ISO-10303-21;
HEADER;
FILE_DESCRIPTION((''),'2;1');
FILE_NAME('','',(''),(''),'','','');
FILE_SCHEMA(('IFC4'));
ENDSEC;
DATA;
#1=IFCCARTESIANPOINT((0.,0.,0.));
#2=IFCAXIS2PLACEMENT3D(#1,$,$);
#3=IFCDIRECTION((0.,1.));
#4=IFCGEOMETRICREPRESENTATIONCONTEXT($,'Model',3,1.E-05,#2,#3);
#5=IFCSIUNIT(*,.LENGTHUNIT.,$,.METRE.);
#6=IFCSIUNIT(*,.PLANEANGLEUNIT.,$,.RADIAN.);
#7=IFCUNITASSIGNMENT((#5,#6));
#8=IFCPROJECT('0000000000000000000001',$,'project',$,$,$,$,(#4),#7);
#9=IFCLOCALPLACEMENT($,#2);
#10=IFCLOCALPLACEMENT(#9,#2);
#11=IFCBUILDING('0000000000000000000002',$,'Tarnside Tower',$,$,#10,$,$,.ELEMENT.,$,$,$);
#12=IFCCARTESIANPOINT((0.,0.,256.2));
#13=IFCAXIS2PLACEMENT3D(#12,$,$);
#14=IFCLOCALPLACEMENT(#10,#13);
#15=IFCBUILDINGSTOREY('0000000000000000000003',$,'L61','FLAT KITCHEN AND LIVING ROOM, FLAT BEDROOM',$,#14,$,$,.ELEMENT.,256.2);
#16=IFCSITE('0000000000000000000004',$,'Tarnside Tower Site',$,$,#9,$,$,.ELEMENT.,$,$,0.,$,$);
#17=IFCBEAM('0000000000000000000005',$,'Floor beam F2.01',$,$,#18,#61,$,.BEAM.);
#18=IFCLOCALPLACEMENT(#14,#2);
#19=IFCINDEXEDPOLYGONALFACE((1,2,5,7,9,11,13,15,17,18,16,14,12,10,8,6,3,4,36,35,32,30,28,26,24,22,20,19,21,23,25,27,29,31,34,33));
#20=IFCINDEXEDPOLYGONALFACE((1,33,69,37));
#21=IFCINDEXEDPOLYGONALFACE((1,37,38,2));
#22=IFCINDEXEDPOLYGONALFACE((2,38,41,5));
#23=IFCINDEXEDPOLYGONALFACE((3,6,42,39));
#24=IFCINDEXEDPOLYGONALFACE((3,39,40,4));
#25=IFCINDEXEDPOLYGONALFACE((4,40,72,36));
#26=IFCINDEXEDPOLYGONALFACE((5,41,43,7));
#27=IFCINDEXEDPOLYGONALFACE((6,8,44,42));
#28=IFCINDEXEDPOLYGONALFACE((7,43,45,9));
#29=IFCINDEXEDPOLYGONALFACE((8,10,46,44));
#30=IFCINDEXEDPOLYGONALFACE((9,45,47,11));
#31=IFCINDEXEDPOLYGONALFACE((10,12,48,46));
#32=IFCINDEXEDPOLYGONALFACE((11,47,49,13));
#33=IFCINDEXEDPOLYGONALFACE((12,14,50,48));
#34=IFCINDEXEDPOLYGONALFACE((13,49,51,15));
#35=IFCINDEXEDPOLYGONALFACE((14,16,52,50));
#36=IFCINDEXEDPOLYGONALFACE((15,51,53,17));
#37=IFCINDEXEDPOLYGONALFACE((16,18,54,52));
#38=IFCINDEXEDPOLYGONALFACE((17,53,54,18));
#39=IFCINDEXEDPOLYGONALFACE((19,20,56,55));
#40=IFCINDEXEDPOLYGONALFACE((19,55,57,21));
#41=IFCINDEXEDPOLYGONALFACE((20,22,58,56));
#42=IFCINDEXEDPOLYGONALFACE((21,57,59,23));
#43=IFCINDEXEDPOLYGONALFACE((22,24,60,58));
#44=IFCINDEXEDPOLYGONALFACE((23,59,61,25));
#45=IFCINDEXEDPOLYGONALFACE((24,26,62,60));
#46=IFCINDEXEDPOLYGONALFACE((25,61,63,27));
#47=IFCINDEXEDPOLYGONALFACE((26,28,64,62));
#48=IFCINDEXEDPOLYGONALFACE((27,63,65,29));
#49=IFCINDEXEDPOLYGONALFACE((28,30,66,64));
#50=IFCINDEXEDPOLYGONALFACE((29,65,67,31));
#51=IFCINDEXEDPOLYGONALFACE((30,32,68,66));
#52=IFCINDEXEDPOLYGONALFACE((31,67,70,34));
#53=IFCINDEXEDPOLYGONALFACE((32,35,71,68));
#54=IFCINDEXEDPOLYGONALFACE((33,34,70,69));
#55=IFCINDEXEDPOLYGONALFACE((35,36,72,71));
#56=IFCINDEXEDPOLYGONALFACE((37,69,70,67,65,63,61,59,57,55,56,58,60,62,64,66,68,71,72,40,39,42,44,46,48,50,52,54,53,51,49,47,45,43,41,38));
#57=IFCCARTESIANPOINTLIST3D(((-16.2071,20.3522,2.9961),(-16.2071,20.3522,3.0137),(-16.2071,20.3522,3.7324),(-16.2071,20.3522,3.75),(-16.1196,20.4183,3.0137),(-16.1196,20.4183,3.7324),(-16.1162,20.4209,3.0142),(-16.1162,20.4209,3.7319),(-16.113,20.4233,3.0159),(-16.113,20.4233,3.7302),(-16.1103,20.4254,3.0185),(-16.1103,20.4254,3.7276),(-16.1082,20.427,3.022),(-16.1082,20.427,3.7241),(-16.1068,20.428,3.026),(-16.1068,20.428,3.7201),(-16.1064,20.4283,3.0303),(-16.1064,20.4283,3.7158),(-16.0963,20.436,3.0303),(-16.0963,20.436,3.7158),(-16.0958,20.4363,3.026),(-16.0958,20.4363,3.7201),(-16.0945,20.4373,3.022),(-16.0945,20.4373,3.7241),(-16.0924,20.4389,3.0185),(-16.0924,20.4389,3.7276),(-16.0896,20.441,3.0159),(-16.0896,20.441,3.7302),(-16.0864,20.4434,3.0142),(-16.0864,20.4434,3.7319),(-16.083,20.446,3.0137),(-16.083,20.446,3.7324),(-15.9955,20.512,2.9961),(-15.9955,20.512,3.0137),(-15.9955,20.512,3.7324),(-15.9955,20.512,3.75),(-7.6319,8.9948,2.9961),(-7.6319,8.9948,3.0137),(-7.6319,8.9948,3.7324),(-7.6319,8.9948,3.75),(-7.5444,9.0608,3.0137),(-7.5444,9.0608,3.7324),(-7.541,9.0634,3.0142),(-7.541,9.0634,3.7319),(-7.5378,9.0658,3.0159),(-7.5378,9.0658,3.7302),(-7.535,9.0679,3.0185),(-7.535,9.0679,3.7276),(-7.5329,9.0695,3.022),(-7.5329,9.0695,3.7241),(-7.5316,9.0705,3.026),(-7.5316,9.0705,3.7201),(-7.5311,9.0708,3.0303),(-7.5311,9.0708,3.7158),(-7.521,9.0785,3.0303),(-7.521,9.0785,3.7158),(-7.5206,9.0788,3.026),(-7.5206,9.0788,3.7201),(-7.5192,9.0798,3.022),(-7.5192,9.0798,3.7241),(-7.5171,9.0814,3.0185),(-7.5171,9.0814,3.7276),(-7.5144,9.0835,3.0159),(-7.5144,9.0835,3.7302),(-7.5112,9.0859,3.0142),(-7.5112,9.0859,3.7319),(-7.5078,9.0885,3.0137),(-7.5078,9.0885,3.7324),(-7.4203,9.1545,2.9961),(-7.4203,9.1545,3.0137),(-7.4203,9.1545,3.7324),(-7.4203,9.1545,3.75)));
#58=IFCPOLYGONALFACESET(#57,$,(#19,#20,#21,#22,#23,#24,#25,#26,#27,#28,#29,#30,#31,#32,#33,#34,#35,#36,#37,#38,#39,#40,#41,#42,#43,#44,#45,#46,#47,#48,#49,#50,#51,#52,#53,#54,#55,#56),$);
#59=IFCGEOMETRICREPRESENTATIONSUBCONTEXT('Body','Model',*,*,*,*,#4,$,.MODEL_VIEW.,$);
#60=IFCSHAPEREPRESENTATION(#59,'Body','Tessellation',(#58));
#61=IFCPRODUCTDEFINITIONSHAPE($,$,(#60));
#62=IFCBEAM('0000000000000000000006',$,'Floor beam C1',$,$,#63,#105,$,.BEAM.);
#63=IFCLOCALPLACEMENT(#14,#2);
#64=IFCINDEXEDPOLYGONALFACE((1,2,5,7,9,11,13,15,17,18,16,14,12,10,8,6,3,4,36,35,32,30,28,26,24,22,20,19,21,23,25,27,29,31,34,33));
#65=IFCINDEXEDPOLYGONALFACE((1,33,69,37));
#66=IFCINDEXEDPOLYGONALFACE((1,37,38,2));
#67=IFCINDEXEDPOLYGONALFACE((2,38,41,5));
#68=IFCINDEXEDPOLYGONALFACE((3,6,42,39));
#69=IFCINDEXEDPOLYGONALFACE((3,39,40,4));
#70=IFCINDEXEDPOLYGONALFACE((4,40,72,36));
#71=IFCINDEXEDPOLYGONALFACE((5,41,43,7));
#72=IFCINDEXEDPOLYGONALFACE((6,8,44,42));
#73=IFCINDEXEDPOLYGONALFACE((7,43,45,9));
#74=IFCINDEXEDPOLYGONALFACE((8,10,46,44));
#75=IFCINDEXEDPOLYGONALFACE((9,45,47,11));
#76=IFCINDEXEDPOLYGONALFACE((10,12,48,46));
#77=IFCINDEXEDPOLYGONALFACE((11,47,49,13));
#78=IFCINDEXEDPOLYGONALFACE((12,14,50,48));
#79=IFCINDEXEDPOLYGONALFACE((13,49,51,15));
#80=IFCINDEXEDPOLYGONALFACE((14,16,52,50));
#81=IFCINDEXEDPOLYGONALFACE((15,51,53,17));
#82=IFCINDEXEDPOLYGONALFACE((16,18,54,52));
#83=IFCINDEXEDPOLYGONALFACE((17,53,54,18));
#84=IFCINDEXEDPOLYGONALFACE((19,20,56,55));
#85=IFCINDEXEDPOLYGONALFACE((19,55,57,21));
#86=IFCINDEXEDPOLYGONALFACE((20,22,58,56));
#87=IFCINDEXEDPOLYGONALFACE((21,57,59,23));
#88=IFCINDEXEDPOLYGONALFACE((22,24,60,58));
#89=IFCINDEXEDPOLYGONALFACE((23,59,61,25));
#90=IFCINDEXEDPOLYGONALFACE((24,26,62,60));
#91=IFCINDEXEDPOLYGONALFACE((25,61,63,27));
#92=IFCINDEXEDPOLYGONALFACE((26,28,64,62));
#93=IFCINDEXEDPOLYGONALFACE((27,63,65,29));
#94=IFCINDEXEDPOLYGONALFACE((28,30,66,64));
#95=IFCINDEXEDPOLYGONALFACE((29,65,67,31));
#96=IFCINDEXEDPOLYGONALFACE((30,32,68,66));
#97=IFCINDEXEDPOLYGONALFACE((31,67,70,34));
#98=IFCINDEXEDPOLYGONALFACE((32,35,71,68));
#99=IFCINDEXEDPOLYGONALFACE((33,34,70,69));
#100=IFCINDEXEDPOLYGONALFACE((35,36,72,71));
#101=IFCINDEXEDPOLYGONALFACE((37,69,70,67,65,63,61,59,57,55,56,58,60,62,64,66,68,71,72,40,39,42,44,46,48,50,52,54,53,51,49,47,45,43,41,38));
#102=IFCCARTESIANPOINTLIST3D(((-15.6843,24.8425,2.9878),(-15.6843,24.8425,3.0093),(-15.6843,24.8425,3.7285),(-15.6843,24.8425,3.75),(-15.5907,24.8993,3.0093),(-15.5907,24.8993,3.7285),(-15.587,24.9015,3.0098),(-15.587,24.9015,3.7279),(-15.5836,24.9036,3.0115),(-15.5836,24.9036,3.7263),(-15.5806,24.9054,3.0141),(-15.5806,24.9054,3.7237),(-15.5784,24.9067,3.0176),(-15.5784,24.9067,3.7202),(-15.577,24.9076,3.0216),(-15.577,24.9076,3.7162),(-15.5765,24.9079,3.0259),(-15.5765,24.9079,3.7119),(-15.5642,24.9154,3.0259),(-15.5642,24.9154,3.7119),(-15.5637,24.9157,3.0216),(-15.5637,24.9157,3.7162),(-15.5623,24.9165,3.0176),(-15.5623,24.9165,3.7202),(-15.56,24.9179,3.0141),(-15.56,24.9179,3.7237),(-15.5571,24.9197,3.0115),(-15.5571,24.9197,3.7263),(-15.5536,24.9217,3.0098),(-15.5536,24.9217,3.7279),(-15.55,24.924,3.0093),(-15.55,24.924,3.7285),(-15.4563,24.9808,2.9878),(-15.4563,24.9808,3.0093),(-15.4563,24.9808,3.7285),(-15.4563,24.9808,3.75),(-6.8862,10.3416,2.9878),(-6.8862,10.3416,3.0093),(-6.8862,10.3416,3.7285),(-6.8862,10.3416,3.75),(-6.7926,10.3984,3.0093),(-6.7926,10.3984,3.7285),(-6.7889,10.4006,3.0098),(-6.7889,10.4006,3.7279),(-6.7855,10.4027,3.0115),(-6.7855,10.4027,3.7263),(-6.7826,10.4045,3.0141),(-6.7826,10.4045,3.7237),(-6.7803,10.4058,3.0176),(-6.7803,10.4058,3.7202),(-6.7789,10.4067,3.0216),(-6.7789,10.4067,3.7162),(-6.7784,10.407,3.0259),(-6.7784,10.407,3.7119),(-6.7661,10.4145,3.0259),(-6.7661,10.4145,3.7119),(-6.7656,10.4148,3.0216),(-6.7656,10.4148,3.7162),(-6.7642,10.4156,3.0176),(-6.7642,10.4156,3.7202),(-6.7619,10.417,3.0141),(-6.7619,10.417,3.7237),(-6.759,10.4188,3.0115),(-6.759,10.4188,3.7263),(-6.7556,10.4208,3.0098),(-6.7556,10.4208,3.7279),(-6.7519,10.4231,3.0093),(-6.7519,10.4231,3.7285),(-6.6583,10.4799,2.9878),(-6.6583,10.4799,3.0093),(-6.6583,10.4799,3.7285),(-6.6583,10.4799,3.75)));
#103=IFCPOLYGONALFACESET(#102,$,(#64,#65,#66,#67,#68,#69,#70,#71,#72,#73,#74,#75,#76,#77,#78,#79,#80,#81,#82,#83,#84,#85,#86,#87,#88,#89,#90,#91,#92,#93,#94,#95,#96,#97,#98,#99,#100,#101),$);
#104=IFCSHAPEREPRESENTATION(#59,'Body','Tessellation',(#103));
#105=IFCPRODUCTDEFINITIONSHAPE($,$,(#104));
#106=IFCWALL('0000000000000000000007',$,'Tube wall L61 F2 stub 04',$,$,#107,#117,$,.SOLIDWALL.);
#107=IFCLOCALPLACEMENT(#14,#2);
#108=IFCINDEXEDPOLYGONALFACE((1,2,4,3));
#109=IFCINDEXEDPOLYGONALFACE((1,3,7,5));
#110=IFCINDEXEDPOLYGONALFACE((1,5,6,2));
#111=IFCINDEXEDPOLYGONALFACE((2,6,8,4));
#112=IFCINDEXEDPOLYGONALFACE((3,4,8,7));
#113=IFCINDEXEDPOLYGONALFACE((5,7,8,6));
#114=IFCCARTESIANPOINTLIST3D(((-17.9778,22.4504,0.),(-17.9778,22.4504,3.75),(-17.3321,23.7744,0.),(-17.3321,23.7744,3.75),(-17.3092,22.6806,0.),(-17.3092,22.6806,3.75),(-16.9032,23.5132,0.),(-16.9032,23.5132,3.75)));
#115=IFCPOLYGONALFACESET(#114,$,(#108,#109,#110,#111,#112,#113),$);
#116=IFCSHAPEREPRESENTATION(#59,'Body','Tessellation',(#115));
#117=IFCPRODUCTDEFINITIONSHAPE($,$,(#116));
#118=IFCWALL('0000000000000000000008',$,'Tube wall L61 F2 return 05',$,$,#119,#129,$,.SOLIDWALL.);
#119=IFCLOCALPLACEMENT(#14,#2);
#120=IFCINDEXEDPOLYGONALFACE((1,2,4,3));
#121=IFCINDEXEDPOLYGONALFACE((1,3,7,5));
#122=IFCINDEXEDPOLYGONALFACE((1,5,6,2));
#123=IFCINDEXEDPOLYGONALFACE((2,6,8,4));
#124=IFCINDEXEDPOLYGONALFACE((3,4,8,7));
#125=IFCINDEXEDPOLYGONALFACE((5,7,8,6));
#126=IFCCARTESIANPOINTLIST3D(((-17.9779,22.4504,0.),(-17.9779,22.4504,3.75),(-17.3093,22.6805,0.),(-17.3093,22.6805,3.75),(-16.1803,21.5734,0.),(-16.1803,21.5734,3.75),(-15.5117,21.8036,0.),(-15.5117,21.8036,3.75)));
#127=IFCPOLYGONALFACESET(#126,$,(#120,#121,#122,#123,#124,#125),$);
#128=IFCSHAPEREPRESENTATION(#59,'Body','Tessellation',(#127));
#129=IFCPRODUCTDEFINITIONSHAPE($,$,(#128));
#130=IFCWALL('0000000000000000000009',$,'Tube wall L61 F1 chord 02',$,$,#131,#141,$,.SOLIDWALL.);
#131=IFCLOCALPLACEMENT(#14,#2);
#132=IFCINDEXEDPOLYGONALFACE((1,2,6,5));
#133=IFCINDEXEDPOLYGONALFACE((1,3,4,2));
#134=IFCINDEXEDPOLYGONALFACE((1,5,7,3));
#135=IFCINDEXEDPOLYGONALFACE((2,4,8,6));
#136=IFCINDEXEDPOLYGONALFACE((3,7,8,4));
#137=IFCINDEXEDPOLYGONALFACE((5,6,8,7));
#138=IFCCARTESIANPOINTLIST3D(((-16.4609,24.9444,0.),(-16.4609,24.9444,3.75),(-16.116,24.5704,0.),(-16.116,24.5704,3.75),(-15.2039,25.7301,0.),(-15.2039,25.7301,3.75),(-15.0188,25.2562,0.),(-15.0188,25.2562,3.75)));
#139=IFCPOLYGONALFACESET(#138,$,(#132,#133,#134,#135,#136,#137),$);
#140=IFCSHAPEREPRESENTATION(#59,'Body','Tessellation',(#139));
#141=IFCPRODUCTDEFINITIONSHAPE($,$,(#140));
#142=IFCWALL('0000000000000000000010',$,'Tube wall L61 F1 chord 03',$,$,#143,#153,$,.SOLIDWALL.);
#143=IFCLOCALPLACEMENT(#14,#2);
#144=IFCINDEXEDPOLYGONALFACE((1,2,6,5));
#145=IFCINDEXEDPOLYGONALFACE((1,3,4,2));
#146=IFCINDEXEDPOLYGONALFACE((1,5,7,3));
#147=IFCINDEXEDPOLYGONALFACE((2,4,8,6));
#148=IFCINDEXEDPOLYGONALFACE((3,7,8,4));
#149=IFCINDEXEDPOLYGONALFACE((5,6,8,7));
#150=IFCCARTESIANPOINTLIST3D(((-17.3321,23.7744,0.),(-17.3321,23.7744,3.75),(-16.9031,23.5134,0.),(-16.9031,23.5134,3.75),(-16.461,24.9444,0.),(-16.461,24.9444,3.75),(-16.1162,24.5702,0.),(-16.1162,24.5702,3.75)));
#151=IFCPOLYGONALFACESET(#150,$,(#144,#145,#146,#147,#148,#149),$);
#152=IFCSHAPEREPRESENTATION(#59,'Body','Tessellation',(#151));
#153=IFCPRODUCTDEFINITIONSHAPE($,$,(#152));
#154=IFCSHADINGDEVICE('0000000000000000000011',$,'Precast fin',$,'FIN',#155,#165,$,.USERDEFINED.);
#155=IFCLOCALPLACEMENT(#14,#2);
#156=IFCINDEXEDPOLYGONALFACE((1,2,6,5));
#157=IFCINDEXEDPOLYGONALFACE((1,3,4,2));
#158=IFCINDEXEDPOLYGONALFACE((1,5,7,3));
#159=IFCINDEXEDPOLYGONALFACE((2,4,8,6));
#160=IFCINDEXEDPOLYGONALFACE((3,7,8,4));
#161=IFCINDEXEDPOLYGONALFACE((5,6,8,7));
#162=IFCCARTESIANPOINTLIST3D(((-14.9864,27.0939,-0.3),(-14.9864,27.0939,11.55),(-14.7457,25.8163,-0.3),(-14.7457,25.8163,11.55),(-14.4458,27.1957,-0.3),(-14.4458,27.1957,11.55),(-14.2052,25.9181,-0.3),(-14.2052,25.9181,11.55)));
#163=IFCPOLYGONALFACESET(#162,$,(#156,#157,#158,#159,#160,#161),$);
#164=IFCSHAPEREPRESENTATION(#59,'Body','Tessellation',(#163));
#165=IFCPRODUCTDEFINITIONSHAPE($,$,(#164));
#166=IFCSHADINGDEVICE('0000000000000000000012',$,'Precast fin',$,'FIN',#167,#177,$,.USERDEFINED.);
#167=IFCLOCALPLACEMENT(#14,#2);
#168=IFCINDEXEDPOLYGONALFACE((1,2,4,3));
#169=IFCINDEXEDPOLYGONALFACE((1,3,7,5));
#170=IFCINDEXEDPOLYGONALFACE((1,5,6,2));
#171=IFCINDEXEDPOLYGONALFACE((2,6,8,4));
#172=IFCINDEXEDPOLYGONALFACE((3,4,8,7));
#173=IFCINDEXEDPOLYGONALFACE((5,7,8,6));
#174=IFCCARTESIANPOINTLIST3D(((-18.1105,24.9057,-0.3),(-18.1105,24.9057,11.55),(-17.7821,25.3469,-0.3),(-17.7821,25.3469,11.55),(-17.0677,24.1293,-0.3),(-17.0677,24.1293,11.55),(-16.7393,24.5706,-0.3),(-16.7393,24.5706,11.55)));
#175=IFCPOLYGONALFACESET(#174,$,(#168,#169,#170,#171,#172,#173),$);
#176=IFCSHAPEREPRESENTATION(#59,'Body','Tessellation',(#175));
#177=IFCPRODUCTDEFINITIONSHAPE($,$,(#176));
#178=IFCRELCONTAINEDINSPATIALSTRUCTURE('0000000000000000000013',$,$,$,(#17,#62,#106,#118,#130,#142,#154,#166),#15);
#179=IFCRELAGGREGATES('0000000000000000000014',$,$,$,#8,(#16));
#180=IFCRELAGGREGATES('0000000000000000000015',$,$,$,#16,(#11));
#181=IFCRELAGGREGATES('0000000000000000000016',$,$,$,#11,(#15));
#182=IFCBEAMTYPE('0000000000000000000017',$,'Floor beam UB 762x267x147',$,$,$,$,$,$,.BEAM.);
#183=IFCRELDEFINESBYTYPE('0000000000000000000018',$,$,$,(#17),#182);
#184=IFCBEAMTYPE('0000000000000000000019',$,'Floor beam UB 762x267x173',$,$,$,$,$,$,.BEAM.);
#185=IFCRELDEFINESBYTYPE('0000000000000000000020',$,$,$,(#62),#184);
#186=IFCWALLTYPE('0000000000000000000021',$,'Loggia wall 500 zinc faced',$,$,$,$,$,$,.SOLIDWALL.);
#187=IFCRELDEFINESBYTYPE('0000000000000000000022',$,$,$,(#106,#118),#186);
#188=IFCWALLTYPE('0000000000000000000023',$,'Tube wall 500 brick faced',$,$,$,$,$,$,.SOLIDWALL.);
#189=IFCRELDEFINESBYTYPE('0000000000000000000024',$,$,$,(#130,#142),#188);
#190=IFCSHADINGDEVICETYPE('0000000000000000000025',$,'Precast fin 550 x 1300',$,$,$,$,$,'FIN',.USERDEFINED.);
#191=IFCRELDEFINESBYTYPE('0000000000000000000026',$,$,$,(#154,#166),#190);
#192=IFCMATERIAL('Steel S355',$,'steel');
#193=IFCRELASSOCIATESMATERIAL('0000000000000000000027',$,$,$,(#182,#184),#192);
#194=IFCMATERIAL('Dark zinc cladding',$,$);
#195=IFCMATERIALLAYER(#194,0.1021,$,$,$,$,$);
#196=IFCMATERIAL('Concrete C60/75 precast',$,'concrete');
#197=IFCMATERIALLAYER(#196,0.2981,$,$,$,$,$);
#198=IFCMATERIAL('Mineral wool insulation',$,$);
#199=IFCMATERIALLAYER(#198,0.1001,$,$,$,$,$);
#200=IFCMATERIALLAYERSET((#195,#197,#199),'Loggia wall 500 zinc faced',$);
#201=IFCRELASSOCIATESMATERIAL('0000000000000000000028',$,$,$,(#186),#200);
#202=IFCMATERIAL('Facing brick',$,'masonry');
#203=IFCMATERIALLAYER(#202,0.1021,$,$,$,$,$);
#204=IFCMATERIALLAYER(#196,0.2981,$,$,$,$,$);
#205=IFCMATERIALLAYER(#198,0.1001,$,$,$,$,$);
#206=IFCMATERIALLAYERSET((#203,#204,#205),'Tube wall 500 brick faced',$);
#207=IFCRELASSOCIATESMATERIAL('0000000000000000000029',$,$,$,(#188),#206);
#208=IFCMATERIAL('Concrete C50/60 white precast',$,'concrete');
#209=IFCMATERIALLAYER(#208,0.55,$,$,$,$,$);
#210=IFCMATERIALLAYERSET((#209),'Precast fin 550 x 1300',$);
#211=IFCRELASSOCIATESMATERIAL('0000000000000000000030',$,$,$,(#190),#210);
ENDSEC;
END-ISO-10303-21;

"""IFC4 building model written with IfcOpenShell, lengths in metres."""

from ifc_helpers import new_model, si_unit, direction, frame, origin, origin_2d, place, context, subcontext, project, spatial, polyline, i_section, outline, extrude, material, layer, layer_set, material_profile, profile_set, type_object, element, save


model = new_model("IFC4")

# Units and contexts
model_context = context("Model", 3, precision=1e-05, world=origin(), true_north=direction((0.0, 1.0)))
body_context = subcontext(model_context, "Body", "Model", "MODEL_VIEW")
ifc_project = project(units=[si_unit("LENGTHUNIT", "METRE"), si_unit("PLANEANGLEUNIT", "RADIAN")], contexts=[model_context])

# Site, building, storey
site_placement = place(None, origin())
site = spatial("IfcSite", under=ifc_project, at=site_placement, Name="Tarnside Tower Site", CompositionType="ELEMENT", RefElevation=0.0)
building_placement = place(site_placement, origin())
building = spatial("IfcBuilding", under=site, at=building_placement, Name="Tarnside Tower", CompositionType="ELEMENT")
storey_placement = place(building_placement, frame((0.0, 0.0, 256.2)))
storey = spatial("IfcBuildingStorey", under=building, at=storey_placement, Name="L61", Description="FLAT KITCHEN AND LIVING ROOM, FLAT BEDROOM", CompositionType="ELEMENT", Elevation=256.2)

# Beams
ifc_material_1 = material(Name="Steel S355", Category="steel")
ifc_material_profile_1 = material_profile(ifc_material_1, i_section(OverallWidth=0.2651, OverallDepth=0.7539, WebThickness=0.0127, FlangeThickness=0.0176, FilletRadius=0.0166, at=origin_2d()), Name="UB 762x267x147")
ifc_profile_set_1 = profile_set([ifc_material_profile_1], Name="Steel S355")
beam_type_1 = type_object("IfcBeamType", Name="Floor beam UB 762x267x147", PredefinedType="BEAM", material=ifc_profile_set_1)
beam_1_placement = place(storey_placement, frame((-16.1013, 20.4321, 3.373), z_axis=(0.602566, -0.798069, 0.0), x_axis=(0.798069, 0.602566, 0.0)))
element("IfcBeam", 1, at=beam_1_placement, inside=storey, type_object=beam_type_1, Name="Floor beam F2.01", PredefinedType="BEAM", context=body_context, shape_type="SweptSolid", body=[
    extrude(i_section(OverallWidth=0.2651, OverallDepth=0.7539, WebThickness=0.0127, FlangeThickness=0.0176, FilletRadius=0.0166, at=origin_2d()), origin(), (0.0, 0.0, 1.0), 14.2312),
])
ifc_material_profile_2 = material_profile(ifc_material_1, i_section(OverallWidth=0.2666, OverallDepth=0.7622, WebThickness=0.0144, FlangeThickness=0.0215, FilletRadius=0.0166, at=origin_2d()), Name="UB 762x267x173")
ifc_profile_set_2 = profile_set([ifc_material_profile_2], Name="Steel S355")
beam_type_2 = type_object("IfcBeamType", Name="Floor beam UB 762x267x173", PredefinedType="BEAM", material=ifc_profile_set_2)
beam_2_placement = place(storey_placement, frame((-15.5703, 24.9116, 3.3689), z_axis=(0.518717, -0.854946, 0.0), x_axis=(0.854946, 0.518717, 0.0)))
element("IfcBeam", 2, at=beam_2_placement, inside=storey, type_object=beam_type_2, Name="Floor beam C1", PredefinedType="BEAM", context=body_context, shape_type="SweptSolid", body=[
    extrude(i_section(OverallWidth=0.2666, OverallDepth=0.7622, WebThickness=0.0144, FlangeThickness=0.0215, FilletRadius=0.0166, at=origin_2d()), origin(), (0.0, 0.0, 1.0), 16.9612),
])

# Walls
ifc_material_2 = material(Name="Dark zinc cladding")
ifc_layer_1 = layer(ifc_material_2, 0.1021)
ifc_material_3 = material(Name="Concrete C60/75 precast", Category="concrete")
ifc_layer_2 = layer(ifc_material_3, 0.2981)
ifc_material_4 = material(Name="Mineral wool insulation")
ifc_layer_3 = layer(ifc_material_4, 0.1001)
ifc_layer_set_1 = layer_set([ifc_layer_1, ifc_layer_2, ifc_layer_3], Name="Loggia wall 500 zinc faced")
wall_type_1 = type_object("IfcWallType", Name="Loggia wall 500 zinc faced", PredefinedType="SOLIDWALL", material=ifc_layer_set_1)
wall_1_placement = place(storey_placement, frame((-17.1177, 23.6438, 0.0), z_axis=(0.0, 0.0, 1.0), x_axis=(-0.438319, -0.898819, 0.0)))
element("IfcWall", 3, at=wall_1_placement, inside=storey, type_object=wall_type_1, Name="Tube wall L61 F2 stub 04", PredefinedType="SOLIDWALL", context=body_context, shape_type="SweptSolid", body=[
    extrude(outline(polyline([(-0.0234, -0.25), (1.4497, -0.25), (0.9497, 0.25), (0.0234, 0.25), (-0.0234, -0.25)])), origin(), (0.0, 0.0, 1.0), 3.75),
])
wall_2_placement = place(storey_placement, frame((-17.6436, 22.5654, 0.0), z_axis=(0.0, 0.0, 1.0), x_axis=(0.898754, -0.438452, 0.0)))
element("IfcWall", 4, at=wall_2_placement, inside=storey, type_object=wall_type_1, Name="Tube wall L61 F2 return 05", PredefinedType="SOLIDWALL", context=body_context, shape_type="SweptSolid", body=[
    extrude(outline(polyline([(-0.25, -0.25), (1.75, -0.25), (2.25, 0.25), (0.25, 0.25), (-0.25, -0.25)])), origin(), (0.0, 0.0, 1.0), 3.75),
])

# Walls
ifc_material_5 = material(Name="Facing brick", Category="masonry")
ifc_layer_4 = layer(ifc_material_5, 0.1021)
ifc_layer_5 = layer(ifc_material_3, 0.2981)
ifc_layer_6 = layer(ifc_material_4, 0.1001)
ifc_layer_set_2 = layer_set([ifc_layer_4, ifc_layer_5, ifc_layer_6], Name="Tube wall 500 brick faced")
wall_type_2 = type_object("IfcWallType", Name="Tube wall 500 brick faced", PredefinedType="SOLIDWALL", material=ifc_layer_set_2)
wall_3_placement = place(storey_placement, frame((-15.1113, 25.4932, 0.0), z_axis=(0.0, 0.0, 1.0), x_axis=(-0.847979, -0.530031, 0.0)))
element("IfcWall", 5, at=wall_3_placement, inside=storey, type_object=wall_type_2, Name="Tube wall L61 F1 chord 02", PredefinedType="SOLIDWALL", context=body_context, shape_type="SweptSolid", body=[
    extrude(outline(polyline([(-0.0471, -0.25), (1.4353, -0.25), (1.3411, 0.25), (0.0471, 0.25), (-0.0471, -0.25)])), origin(), (0.0, 0.0, 1.0), 3.75),
])
wall_4_placement = place(storey_placement, frame((-16.2886, 24.7573, 0.0), z_axis=(0.0, 0.0, 1.0), x_axis=(-0.597211, -0.802084, 0.0)))
element("IfcWall", 6, at=wall_4_placement, inside=storey, type_object=wall_type_2, Name="Tube wall L61 F1 chord 03", PredefinedType="SOLIDWALL", context=body_context, shape_type="SweptSolid", body=[
    extrude(outline(polyline([(-0.0471, -0.25), (1.4116, -0.25), (1.3647, 0.25), (0.0471, 0.25), (-0.0471, -0.25)])), origin(), (0.0, 0.0, 1.0), 3.75),
])

# Shading devices
ifc_material_6 = material(Name="Concrete C50/60 white precast", Category="concrete")
ifc_layer_7 = layer(ifc_material_6, 0.55)
ifc_layer_set_3 = layer_set([ifc_layer_7], Name="Precast fin 550 x 1300")
shading_device_type_1 = type_object("IfcShadingDeviceType", Name="Precast fin 550 x 1300", ElementType="FIN", PredefinedType="USERDEFINED", material=ifc_layer_set_3)
for number, where, z_axis, x_axis, name in (
    (7, (-14.4756, 25.8672, -0.3), (0.982721, 0.185095, 0.0), (-0.185095, 0.982721, 0.0), "Precast fin"),
    (8, (-16.9036, 24.3499, -0.3), (0.597159, 0.802123, 0.0), (-0.802123, 0.597159, 0.0), "Precast fin"),
):
    element("IfcShadingDevice", number, at=place(storey_placement, frame(where, z_axis=z_axis, x_axis=x_axis)), inside=storey, type_object=shading_device_type_1, Name=name, ObjectType="FIN", PredefinedType="USERDEFINED", context=body_context, shape_type="SweptSolid", body=[
        extrude(outline(polyline([(0.0, 0.0), (1.3, 0.0), (1.3, 11.8501), (0.0, 11.8501), (0.0, 0.0)])), frame((0.0, 0.0, -0.2749)), (0.0, 0.0, 1.0), 0.55),
    ])

save(model, "model.ifc")
